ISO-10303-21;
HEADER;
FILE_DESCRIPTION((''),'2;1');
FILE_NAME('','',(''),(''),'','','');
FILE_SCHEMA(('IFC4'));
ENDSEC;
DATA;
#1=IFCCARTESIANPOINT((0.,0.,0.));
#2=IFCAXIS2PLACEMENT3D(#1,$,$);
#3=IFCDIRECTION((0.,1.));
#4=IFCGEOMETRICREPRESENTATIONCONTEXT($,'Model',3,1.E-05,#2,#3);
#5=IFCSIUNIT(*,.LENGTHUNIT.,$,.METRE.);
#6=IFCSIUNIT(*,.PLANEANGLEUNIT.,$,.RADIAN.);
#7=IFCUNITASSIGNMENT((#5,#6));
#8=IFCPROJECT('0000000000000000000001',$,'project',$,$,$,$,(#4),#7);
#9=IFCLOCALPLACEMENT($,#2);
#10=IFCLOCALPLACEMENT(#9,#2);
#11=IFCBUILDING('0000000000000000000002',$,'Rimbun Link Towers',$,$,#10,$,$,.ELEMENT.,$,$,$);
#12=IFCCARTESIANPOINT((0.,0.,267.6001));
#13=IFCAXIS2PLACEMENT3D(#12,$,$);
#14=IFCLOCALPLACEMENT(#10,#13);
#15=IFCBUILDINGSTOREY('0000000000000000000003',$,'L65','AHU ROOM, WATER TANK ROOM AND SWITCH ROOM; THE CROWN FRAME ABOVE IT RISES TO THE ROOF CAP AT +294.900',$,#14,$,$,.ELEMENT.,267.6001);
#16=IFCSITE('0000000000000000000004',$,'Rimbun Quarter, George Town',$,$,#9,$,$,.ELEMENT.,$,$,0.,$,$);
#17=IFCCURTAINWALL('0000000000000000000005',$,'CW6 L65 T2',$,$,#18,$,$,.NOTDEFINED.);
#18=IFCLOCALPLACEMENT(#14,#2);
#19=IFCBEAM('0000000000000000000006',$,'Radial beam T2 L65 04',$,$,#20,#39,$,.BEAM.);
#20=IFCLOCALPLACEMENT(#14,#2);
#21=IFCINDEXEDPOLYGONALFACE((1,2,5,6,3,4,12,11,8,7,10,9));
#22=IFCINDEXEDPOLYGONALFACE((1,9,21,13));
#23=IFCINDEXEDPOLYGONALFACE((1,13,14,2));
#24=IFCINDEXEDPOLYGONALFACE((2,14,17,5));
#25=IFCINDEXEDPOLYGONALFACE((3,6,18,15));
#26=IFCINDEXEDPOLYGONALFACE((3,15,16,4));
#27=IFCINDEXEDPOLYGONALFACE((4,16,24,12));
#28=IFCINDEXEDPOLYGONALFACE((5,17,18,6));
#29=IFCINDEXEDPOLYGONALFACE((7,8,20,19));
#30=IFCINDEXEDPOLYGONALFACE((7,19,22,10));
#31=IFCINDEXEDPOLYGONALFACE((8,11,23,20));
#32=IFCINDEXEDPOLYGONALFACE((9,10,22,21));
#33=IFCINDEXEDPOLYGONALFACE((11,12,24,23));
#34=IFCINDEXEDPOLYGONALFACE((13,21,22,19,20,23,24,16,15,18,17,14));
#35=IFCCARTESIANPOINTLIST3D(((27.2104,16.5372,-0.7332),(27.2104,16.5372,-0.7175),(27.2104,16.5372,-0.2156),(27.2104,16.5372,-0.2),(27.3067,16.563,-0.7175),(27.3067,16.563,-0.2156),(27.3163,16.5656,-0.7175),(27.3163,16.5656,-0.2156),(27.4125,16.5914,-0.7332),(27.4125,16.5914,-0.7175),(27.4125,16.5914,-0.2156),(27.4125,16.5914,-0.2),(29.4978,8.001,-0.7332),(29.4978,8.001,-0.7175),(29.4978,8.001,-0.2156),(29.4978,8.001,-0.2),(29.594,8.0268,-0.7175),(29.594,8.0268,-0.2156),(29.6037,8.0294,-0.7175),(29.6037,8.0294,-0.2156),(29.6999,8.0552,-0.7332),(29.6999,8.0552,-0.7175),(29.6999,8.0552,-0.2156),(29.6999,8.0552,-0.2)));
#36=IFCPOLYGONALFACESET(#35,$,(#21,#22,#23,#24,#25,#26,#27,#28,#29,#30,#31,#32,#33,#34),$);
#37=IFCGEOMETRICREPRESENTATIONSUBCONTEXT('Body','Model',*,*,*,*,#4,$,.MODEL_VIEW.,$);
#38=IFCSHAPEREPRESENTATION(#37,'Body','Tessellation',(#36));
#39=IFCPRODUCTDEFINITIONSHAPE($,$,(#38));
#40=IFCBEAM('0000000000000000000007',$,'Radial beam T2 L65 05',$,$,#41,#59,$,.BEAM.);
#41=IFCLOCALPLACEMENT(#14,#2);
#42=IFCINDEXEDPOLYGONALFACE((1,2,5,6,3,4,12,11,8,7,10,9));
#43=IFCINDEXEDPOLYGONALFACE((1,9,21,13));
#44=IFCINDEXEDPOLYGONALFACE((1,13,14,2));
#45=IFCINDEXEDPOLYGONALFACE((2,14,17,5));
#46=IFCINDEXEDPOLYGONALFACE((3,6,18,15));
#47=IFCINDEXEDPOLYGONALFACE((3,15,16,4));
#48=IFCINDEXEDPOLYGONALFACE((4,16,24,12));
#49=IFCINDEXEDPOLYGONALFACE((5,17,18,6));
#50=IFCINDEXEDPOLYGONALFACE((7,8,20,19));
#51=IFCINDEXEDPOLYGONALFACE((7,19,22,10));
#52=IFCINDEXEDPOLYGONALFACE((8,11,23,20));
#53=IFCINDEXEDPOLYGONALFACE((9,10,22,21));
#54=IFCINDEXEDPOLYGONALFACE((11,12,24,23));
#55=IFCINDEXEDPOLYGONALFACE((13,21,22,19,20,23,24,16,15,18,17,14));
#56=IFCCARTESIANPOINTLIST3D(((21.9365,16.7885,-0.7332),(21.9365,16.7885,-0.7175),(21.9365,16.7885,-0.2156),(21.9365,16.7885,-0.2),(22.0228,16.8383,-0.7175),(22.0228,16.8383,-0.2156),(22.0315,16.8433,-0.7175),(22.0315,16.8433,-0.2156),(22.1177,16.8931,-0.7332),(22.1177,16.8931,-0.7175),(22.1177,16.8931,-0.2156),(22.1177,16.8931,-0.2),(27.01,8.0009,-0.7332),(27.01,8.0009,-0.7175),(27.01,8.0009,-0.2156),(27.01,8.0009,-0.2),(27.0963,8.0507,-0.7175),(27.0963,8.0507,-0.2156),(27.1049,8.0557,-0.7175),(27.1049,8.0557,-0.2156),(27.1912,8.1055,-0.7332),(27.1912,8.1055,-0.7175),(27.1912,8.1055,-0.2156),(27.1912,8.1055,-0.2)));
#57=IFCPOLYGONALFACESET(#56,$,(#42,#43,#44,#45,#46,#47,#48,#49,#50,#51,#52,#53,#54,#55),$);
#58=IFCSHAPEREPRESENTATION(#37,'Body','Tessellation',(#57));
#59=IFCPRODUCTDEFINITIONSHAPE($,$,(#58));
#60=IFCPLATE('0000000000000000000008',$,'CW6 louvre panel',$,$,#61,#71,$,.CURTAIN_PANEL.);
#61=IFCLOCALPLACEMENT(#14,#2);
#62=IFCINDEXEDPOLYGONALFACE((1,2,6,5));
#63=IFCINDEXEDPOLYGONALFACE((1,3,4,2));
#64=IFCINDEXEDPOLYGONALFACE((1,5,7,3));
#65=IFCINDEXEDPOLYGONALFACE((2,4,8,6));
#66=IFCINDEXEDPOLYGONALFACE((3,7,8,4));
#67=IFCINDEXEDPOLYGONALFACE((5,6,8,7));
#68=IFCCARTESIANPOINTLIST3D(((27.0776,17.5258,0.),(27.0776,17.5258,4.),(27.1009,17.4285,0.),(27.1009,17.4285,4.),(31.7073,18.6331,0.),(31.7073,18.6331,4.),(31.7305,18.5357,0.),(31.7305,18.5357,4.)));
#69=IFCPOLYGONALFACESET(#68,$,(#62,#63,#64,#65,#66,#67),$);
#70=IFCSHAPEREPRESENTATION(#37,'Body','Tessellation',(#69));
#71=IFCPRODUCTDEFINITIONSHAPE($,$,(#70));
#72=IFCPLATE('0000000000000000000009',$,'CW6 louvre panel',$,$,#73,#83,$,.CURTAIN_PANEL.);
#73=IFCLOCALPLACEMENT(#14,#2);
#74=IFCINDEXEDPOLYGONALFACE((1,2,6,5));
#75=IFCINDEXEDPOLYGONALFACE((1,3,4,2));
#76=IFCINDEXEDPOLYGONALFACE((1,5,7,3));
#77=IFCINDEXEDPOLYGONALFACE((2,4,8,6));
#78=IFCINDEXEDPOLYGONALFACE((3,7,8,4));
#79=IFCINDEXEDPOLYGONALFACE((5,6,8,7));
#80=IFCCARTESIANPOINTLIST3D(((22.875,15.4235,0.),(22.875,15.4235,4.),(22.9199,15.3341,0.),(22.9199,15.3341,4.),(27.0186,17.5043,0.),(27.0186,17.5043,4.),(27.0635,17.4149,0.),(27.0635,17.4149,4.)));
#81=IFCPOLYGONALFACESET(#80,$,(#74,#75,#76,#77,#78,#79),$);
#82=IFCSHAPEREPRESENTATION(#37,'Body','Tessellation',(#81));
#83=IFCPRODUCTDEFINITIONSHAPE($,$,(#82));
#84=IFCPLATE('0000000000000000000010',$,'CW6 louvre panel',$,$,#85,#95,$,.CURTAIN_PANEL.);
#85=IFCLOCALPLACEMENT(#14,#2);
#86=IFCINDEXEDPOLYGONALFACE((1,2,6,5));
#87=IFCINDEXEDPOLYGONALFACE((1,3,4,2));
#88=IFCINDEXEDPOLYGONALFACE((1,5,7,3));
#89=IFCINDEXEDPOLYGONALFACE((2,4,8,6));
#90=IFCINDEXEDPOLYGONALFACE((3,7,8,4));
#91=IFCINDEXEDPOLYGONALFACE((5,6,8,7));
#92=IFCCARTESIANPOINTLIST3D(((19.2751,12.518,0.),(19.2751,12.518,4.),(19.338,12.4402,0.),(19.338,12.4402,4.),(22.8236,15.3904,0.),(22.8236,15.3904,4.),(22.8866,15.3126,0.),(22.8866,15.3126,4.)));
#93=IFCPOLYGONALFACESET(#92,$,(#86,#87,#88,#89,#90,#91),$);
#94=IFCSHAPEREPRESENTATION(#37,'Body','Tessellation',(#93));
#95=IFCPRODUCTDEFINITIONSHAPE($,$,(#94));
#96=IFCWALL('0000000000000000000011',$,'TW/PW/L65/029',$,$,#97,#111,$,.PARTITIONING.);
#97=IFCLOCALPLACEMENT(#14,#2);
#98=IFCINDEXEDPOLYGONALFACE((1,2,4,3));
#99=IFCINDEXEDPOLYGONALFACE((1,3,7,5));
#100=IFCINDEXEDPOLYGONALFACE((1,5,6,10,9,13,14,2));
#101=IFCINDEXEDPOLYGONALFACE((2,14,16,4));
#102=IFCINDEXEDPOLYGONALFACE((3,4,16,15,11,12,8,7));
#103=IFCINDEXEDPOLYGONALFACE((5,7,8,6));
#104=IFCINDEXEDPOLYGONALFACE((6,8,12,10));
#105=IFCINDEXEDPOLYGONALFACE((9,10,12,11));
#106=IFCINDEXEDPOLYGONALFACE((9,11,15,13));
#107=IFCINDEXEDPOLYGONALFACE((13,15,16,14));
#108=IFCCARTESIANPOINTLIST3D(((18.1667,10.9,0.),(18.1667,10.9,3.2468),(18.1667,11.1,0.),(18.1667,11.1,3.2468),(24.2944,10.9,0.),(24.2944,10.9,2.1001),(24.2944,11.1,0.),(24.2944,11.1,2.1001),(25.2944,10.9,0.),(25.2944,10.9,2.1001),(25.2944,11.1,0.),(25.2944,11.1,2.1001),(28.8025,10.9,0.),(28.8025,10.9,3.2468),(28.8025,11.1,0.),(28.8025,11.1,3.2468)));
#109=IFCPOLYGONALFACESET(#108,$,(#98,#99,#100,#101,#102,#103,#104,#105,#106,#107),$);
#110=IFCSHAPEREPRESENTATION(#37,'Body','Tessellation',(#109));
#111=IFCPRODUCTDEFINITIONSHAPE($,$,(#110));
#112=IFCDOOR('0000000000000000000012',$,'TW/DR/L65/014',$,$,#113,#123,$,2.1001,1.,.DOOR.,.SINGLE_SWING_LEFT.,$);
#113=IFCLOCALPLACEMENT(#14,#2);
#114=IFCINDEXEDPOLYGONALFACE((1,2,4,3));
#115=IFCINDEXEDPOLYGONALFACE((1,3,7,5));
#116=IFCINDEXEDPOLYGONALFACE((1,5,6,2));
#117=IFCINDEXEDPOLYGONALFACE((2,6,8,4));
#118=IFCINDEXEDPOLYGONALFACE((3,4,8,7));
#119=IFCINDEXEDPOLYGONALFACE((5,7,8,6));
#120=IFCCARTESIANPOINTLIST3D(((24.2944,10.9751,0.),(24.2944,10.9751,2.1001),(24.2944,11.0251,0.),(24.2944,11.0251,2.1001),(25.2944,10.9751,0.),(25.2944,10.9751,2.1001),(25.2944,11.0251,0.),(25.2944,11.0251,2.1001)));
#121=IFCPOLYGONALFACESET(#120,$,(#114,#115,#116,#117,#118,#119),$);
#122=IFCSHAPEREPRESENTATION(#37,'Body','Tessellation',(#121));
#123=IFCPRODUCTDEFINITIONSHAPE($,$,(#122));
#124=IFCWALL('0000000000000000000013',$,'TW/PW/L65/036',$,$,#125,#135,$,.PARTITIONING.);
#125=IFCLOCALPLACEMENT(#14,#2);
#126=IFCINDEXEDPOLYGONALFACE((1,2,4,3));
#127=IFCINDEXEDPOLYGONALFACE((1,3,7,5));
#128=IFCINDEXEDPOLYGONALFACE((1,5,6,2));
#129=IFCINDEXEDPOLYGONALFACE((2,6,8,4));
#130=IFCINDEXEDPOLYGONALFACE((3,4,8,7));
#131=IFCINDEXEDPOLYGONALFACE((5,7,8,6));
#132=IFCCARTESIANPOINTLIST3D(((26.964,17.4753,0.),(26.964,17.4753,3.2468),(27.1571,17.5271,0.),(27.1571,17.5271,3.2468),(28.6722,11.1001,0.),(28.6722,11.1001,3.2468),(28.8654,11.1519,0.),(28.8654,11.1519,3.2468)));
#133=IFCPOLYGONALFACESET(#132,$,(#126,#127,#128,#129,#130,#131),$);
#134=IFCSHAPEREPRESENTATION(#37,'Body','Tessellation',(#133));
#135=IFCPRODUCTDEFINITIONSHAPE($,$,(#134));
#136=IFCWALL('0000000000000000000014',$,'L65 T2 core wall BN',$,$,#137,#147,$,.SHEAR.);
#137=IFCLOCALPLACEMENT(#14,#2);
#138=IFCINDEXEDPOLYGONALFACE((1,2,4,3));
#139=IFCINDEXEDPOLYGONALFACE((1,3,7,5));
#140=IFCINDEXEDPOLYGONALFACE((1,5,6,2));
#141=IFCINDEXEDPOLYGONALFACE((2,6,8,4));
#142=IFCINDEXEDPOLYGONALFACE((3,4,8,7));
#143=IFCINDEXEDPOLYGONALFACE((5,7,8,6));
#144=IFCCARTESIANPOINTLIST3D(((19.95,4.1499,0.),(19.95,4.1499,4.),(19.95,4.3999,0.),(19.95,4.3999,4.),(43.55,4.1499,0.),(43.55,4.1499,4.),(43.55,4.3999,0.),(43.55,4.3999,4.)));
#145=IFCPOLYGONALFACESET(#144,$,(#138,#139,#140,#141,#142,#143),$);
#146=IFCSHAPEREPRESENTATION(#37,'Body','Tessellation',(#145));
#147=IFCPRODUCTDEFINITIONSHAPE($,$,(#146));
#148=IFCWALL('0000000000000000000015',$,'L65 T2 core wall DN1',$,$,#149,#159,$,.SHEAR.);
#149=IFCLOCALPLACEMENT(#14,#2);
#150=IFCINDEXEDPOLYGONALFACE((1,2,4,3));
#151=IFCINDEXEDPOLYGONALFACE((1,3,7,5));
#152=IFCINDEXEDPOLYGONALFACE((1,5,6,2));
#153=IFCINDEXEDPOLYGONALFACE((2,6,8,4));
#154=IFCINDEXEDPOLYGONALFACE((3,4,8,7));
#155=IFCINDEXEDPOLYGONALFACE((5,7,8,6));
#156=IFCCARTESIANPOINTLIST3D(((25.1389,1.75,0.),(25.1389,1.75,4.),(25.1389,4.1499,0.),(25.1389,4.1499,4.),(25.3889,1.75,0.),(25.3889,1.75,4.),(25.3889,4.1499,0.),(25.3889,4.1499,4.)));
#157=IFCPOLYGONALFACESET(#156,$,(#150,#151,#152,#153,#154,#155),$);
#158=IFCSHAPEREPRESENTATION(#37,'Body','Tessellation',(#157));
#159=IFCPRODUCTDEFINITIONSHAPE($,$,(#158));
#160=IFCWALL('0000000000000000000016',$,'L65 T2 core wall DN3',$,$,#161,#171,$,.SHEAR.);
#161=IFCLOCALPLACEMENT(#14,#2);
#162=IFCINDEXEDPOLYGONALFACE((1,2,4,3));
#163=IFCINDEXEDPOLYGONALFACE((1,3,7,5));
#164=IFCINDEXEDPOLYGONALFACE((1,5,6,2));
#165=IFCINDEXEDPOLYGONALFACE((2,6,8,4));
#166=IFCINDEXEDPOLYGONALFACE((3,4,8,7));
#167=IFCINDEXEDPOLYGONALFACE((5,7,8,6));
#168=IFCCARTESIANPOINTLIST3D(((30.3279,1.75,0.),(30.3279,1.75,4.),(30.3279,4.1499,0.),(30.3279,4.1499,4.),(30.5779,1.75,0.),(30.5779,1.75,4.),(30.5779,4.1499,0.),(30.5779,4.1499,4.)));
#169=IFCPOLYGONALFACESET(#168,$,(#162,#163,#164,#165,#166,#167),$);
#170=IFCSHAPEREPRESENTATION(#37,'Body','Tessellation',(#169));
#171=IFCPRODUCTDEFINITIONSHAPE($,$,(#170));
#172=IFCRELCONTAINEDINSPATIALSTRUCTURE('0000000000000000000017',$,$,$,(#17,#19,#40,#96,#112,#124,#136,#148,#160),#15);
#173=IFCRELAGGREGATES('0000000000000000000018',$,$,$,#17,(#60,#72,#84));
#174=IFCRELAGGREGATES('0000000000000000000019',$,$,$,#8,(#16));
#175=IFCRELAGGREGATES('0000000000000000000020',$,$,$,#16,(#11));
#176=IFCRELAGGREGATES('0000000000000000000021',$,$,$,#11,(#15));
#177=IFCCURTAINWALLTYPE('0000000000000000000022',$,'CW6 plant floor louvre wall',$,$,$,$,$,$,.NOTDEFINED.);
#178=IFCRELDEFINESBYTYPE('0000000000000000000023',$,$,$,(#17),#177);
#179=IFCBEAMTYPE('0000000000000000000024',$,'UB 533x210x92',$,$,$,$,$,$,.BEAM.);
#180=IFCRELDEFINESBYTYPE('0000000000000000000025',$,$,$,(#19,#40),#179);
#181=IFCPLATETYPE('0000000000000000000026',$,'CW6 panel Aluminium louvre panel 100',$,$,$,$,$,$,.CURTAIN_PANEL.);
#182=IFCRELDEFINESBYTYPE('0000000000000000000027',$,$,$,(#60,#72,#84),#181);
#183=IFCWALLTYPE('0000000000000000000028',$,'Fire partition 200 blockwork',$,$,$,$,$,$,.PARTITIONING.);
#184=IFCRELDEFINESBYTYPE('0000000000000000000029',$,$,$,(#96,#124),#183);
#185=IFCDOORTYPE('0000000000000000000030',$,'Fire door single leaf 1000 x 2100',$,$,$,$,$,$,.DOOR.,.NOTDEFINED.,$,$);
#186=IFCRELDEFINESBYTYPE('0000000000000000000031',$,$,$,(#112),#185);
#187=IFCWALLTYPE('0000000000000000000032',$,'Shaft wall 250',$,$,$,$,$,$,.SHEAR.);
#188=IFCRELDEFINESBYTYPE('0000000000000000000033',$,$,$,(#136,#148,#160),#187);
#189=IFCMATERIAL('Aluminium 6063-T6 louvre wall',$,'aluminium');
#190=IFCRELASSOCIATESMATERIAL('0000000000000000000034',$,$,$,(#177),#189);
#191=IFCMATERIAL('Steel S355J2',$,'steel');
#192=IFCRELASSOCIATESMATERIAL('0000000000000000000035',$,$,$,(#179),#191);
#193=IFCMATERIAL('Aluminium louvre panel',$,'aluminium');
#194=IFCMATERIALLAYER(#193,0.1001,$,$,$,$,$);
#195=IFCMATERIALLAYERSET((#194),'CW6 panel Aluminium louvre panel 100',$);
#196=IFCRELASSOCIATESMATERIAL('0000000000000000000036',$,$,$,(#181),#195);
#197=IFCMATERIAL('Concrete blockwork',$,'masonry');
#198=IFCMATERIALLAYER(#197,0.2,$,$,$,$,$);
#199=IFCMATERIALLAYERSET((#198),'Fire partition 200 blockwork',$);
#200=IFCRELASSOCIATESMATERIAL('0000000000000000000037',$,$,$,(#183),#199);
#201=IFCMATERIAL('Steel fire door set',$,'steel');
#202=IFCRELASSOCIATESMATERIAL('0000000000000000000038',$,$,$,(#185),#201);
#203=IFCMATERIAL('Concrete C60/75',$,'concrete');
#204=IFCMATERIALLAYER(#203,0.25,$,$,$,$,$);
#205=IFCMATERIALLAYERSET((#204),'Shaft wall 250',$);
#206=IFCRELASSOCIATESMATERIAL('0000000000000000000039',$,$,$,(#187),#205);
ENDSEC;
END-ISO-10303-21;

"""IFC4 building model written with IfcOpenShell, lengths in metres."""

from ifc_helpers import new_model, si_unit, direction, frame, frame_2d, origin, origin_2d, place, context, subcontext, project, spatial, rectangle, i_section, extrude, material, layer, layer_set, material_profile, profile_set, type_object, element, fill, aggregate, save


model = new_model("IFC4")

# Units and contexts
model_context = context("Model", 3, precision=1e-05, world=origin(), true_north=direction((0.0, 1.0)))
body_context = subcontext(model_context, "Body", "Model", "MODEL_VIEW")
ifc_project = project(units=[si_unit("LENGTHUNIT", "METRE"), si_unit("PLANEANGLEUNIT", "RADIAN")], contexts=[model_context])

# Site, building, storey
site_placement = place(None, origin())
site = spatial("IfcSite", under=ifc_project, at=site_placement, Name="Rimbun Quarter, George Town", CompositionType="ELEMENT", RefElevation=0.0)
building_placement = place(site_placement, origin())
building = spatial("IfcBuilding", under=site, at=building_placement, Name="Rimbun Link Towers", CompositionType="ELEMENT")
storey_placement = place(building_placement, frame((0.0, 0.0, 267.6001)))
storey = spatial("IfcBuildingStorey", under=building, at=storey_placement, Name="L65", Description="AHU ROOM, WATER TANK ROOM AND SWITCH ROOM; THE CROWN FRAME ABOVE IT RISES TO THE ROOF CAP AT +294.900", CompositionType="ELEMENT", Elevation=267.6001)

# Curtain wall
ifc_material_1 = material(Name="Aluminium 6063-T6 louvre wall", Category="aluminium")
curtain_wall_type = type_object("IfcCurtainWallType", Name="CW6 plant floor louvre wall", PredefinedType="NOTDEFINED", material=ifc_material_1)
curtain_wall_placement = place(storey_placement, origin())
curtain_wall = element("IfcCurtainWall", 1, at=curtain_wall_placement, inside=storey, type_object=curtain_wall_type, Name="CW6 L65 T2", PredefinedType="NOTDEFINED")

# Beams
ifc_material_2 = material(Name="Steel S355J2", Category="steel")
ifc_material_profile_1 = material_profile(ifc_material_2, i_section(OverallWidth=0.2092, OverallDepth=0.5332, WebThickness=0.01, FlangeThickness=0.0156, at=origin_2d()), Name="UB 533x210x92")
ifc_profile_set_1 = profile_set([ifc_material_profile_1], Name="Steel S355J2")
beam_type_1 = type_object("IfcBeamType", Name="UB 533x210x92", PredefinedType="BEAM", material=ifc_profile_set_1)
beam_1_placement = place(storey_placement, frame((29.5989, 8.0281, -0.4666), z_axis=(-0.25883, 0.965923, 0.0), x_axis=(-0.965923, -0.25883, 0.0)))
element("IfcBeam", 2, at=beam_1_placement, inside=storey, type_object=beam_type_1, Name="Radial beam T2 L65 04", PredefinedType="BEAM", context=body_context, shape_type="SweptSolid", body=[
    extrude(i_section(OverallWidth=0.2092, OverallDepth=0.5332, WebThickness=0.01, FlangeThickness=0.0156, at=origin_2d()), origin(), (0.0, 0.0, 1.0), 8.8374),
])
beam_2_placement = place(storey_placement, frame((27.1006, 8.0532, -0.4666), z_axis=(-0.499997, 0.866027, 0.0), x_axis=(-0.866027, -0.499997, 0.0)))
element("IfcBeam", 3, at=beam_2_placement, inside=storey, type_object=beam_type_1, Name="Radial beam T2 L65 05", PredefinedType="BEAM", context=body_context, shape_type="SweptSolid", body=[
    extrude(i_section(OverallWidth=0.2092, OverallDepth=0.5332, WebThickness=0.01, FlangeThickness=0.0156, at=origin_2d()), origin(), (0.0, 0.0, 1.0), 10.147),
])

# Plates
ifc_material_3 = material(Name="Aluminium louvre panel", Category="aluminium")
ifc_layer_1 = layer(ifc_material_3, 0.1001)
ifc_layer_set_1 = layer_set([ifc_layer_1], Name="CW6 panel Aluminium louvre panel 100")
plate_type = type_object("IfcPlateType", Name="CW6 panel Aluminium louvre panel 100", PredefinedType="CURTAIN_PANEL", material=ifc_layer_set_1)
plate_1_placement = place(storey_placement, frame((29.4041, 18.0308, 0.0), z_axis=(0.0, 0.0, 1.0), x_axis=(0.972571, 0.232607, 0.0)))
plate_1 = element("IfcPlate", 4, at=plate_1_placement, type_object=plate_type, Name="CW6 louvre panel", PredefinedType="CURTAIN_PANEL", context=body_context, shape_type="SweptSolid", body=[
    extrude(rectangle(XDim=4.7603, YDim=0.1001, at=origin_2d()), origin(), (0.0, 0.0, 1.0), 4.0),
])
plate_2_placement = place(storey_placement, frame((24.9692, 16.4192, 0.0), z_axis=(0.0, 0.0, 1.0), x_axis=(0.893652, 0.448761, 0.0)))
plate_2 = element("IfcPlate", 5, at=plate_2_placement, type_object=plate_type, Name="CW6 louvre panel", PredefinedType="CURTAIN_PANEL", context=body_context, shape_type="SweptSolid", body=[
    extrude(rectangle(XDim=4.6367, YDim=0.1001, at=origin_2d()), origin(), (0.0, 0.0, 1.0), 4.0),
])
plate_3_placement = place(storey_placement, frame((21.0808, 13.9153, 0.0), z_axis=(0.0, 0.0, 1.0), x_axis=(0.777263, 0.629176, 0.0)))
plate_3 = element("IfcPlate", 6, at=plate_3_placement, type_object=plate_type, Name="CW6 louvre panel", PredefinedType="CURTAIN_PANEL", context=body_context, shape_type="SweptSolid", body=[
    extrude(rectangle(XDim=4.5654, YDim=0.1001, at=origin_2d()), origin(), (0.0, 0.0, 1.0), 4.0),
])
aggregate(curtain_wall, [plate_1, plate_2, plate_3])

# Wall, opening, door
ifc_material_4 = material(Name="Concrete blockwork", Category="masonry")
ifc_layer_2 = layer(ifc_material_4, 0.2)
ifc_layer_set_2 = layer_set([ifc_layer_2], Name="Fire partition 200 blockwork")
wall_type_1 = type_object("IfcWallType", Name="Fire partition 200 blockwork", PredefinedType="PARTITIONING", material=ifc_layer_set_2)
wall_1_placement = place(storey_placement, frame((28.8025, 11.0, 0.0), z_axis=(0.0, 0.0, 1.0), x_axis=(-1.0, 0.0, 0.0)))
wall_1 = element("IfcWall", 7, at=wall_1_placement, inside=storey, type_object=wall_type_1, Name="TW/PW/L65/029", PredefinedType="PARTITIONING", context=body_context, shape_type="SweptSolid", body=[
    extrude(rectangle(XDim=10.6357, YDim=0.2, at=frame_2d((5.3179, 0.0))), origin(), (0.0, 0.0, 1.0), 3.2468),
])
opening_1_placement = place(wall_1_placement, frame((3.5081, 0.0, 0.0)))
opening_1 = element("IfcOpeningElement", 8, at=opening_1_placement, cuts=wall_1, PredefinedType="OPENING", context=body_context, shape_type="SweptSolid", body=[
    extrude(rectangle(XDim=1.0, YDim=2.1001, at=frame_2d((0.5, 1.05))), frame((0.0, 0.1099, 0.0), z_axis=(0.0, -1.0, 0.0), x_axis=(1.0, 0.0, 0.0)), (0.0, 0.0, 1.0), 0.22),
])
ifc_material_5 = material(Name="Steel fire door set", Category="steel")
door_type_1 = type_object("IfcDoorType", Name="Fire door single leaf 1000 x 2100", OperationType="NOTDEFINED", PredefinedType="DOOR", material=ifc_material_5)
door_1_placement = place(opening_1_placement, origin())
door_1 = element("IfcDoor", 9, at=door_1_placement, inside=storey, type_object=door_type_1, Name="TW/DR/L65/014", OperationType="SINGLE_SWING_LEFT", OverallHeight=2.1001, OverallWidth=1.0, PredefinedType="DOOR", context=body_context, shape_type="SweptSolid", body=[
    extrude(rectangle(XDim=1.0, YDim=2.1001, at=frame_2d((0.5, 1.05))), frame((0.0, 0.0249, 0.0), z_axis=(0.0, -1.0, 0.0), x_axis=(1.0, 0.0, 0.0)), (0.0, 0.0, 1.0), 0.05),
])
fill(opening_1, door_1)

# Walls
wall_2_placement = place(storey_placement, frame((27.0605, 17.5012, 0.0), z_axis=(0.0, 0.0, 1.0), x_axis=(0.258821, -0.965925, 0.0)))
element("IfcWall", 10, at=wall_2_placement, inside=storey, type_object=wall_type_1, Name="TW/PW/L65/036", PredefinedType="PARTITIONING", context=body_context, shape_type="SweptSolid", body=[
    extrude(rectangle(XDim=6.6001, YDim=0.2, at=frame_2d((3.3, 0.0))), origin(), (0.0, 0.0, 1.0), 3.2468),
])
ifc_material_6 = material(Name="Concrete C60/75", Category="concrete")
ifc_layer_3 = layer(ifc_material_6, 0.25)
ifc_layer_set_3 = layer_set([ifc_layer_3], Name="Shaft wall 250")
wall_type_2 = type_object("IfcWallType", Name="Shaft wall 250", PredefinedType="SHEAR", material=ifc_layer_set_3)
wall_3_placement = place(storey_placement, frame((19.95, 4.2749, 0.0), z_axis=(0.0, 0.0, 1.0), x_axis=(1.0, 0.0, 0.0)))
element("IfcWall", 11, at=wall_3_placement, inside=storey, type_object=wall_type_2, Name="L65 T2 core wall BN", PredefinedType="SHEAR", context=body_context, shape_type="SweptSolid", body=[
    extrude(rectangle(XDim=23.6001, YDim=0.25, at=frame_2d((11.8, 0.0))), origin(), (0.0, 0.0, 1.0), 4.0),
])
for number, where, z_axis, x_axis, name in (
    (12, (25.2639, 1.75, 0.0), (0.0, 0.0, 1.0), (0.0, 1.0, 0.0), "L65 T2 core wall DN1"),
    (13, (30.4529, 1.75, 0.0), (0.0, 0.0, 1.0), (0.0, 1.0, 0.0), "L65 T2 core wall DN3"),
):
    element("IfcWall", number, at=place(storey_placement, frame(where, z_axis=z_axis, x_axis=x_axis)), inside=storey, type_object=wall_type_2, Name=name, PredefinedType="SHEAR", context=body_context, shape_type="SweptSolid", body=[
        extrude(rectangle(XDim=2.3999, YDim=0.25, at=frame_2d((1.2, 0.0))), origin(), (0.0, 0.0, 1.0), 4.0),
    ])

save(model, "model.ifc")
